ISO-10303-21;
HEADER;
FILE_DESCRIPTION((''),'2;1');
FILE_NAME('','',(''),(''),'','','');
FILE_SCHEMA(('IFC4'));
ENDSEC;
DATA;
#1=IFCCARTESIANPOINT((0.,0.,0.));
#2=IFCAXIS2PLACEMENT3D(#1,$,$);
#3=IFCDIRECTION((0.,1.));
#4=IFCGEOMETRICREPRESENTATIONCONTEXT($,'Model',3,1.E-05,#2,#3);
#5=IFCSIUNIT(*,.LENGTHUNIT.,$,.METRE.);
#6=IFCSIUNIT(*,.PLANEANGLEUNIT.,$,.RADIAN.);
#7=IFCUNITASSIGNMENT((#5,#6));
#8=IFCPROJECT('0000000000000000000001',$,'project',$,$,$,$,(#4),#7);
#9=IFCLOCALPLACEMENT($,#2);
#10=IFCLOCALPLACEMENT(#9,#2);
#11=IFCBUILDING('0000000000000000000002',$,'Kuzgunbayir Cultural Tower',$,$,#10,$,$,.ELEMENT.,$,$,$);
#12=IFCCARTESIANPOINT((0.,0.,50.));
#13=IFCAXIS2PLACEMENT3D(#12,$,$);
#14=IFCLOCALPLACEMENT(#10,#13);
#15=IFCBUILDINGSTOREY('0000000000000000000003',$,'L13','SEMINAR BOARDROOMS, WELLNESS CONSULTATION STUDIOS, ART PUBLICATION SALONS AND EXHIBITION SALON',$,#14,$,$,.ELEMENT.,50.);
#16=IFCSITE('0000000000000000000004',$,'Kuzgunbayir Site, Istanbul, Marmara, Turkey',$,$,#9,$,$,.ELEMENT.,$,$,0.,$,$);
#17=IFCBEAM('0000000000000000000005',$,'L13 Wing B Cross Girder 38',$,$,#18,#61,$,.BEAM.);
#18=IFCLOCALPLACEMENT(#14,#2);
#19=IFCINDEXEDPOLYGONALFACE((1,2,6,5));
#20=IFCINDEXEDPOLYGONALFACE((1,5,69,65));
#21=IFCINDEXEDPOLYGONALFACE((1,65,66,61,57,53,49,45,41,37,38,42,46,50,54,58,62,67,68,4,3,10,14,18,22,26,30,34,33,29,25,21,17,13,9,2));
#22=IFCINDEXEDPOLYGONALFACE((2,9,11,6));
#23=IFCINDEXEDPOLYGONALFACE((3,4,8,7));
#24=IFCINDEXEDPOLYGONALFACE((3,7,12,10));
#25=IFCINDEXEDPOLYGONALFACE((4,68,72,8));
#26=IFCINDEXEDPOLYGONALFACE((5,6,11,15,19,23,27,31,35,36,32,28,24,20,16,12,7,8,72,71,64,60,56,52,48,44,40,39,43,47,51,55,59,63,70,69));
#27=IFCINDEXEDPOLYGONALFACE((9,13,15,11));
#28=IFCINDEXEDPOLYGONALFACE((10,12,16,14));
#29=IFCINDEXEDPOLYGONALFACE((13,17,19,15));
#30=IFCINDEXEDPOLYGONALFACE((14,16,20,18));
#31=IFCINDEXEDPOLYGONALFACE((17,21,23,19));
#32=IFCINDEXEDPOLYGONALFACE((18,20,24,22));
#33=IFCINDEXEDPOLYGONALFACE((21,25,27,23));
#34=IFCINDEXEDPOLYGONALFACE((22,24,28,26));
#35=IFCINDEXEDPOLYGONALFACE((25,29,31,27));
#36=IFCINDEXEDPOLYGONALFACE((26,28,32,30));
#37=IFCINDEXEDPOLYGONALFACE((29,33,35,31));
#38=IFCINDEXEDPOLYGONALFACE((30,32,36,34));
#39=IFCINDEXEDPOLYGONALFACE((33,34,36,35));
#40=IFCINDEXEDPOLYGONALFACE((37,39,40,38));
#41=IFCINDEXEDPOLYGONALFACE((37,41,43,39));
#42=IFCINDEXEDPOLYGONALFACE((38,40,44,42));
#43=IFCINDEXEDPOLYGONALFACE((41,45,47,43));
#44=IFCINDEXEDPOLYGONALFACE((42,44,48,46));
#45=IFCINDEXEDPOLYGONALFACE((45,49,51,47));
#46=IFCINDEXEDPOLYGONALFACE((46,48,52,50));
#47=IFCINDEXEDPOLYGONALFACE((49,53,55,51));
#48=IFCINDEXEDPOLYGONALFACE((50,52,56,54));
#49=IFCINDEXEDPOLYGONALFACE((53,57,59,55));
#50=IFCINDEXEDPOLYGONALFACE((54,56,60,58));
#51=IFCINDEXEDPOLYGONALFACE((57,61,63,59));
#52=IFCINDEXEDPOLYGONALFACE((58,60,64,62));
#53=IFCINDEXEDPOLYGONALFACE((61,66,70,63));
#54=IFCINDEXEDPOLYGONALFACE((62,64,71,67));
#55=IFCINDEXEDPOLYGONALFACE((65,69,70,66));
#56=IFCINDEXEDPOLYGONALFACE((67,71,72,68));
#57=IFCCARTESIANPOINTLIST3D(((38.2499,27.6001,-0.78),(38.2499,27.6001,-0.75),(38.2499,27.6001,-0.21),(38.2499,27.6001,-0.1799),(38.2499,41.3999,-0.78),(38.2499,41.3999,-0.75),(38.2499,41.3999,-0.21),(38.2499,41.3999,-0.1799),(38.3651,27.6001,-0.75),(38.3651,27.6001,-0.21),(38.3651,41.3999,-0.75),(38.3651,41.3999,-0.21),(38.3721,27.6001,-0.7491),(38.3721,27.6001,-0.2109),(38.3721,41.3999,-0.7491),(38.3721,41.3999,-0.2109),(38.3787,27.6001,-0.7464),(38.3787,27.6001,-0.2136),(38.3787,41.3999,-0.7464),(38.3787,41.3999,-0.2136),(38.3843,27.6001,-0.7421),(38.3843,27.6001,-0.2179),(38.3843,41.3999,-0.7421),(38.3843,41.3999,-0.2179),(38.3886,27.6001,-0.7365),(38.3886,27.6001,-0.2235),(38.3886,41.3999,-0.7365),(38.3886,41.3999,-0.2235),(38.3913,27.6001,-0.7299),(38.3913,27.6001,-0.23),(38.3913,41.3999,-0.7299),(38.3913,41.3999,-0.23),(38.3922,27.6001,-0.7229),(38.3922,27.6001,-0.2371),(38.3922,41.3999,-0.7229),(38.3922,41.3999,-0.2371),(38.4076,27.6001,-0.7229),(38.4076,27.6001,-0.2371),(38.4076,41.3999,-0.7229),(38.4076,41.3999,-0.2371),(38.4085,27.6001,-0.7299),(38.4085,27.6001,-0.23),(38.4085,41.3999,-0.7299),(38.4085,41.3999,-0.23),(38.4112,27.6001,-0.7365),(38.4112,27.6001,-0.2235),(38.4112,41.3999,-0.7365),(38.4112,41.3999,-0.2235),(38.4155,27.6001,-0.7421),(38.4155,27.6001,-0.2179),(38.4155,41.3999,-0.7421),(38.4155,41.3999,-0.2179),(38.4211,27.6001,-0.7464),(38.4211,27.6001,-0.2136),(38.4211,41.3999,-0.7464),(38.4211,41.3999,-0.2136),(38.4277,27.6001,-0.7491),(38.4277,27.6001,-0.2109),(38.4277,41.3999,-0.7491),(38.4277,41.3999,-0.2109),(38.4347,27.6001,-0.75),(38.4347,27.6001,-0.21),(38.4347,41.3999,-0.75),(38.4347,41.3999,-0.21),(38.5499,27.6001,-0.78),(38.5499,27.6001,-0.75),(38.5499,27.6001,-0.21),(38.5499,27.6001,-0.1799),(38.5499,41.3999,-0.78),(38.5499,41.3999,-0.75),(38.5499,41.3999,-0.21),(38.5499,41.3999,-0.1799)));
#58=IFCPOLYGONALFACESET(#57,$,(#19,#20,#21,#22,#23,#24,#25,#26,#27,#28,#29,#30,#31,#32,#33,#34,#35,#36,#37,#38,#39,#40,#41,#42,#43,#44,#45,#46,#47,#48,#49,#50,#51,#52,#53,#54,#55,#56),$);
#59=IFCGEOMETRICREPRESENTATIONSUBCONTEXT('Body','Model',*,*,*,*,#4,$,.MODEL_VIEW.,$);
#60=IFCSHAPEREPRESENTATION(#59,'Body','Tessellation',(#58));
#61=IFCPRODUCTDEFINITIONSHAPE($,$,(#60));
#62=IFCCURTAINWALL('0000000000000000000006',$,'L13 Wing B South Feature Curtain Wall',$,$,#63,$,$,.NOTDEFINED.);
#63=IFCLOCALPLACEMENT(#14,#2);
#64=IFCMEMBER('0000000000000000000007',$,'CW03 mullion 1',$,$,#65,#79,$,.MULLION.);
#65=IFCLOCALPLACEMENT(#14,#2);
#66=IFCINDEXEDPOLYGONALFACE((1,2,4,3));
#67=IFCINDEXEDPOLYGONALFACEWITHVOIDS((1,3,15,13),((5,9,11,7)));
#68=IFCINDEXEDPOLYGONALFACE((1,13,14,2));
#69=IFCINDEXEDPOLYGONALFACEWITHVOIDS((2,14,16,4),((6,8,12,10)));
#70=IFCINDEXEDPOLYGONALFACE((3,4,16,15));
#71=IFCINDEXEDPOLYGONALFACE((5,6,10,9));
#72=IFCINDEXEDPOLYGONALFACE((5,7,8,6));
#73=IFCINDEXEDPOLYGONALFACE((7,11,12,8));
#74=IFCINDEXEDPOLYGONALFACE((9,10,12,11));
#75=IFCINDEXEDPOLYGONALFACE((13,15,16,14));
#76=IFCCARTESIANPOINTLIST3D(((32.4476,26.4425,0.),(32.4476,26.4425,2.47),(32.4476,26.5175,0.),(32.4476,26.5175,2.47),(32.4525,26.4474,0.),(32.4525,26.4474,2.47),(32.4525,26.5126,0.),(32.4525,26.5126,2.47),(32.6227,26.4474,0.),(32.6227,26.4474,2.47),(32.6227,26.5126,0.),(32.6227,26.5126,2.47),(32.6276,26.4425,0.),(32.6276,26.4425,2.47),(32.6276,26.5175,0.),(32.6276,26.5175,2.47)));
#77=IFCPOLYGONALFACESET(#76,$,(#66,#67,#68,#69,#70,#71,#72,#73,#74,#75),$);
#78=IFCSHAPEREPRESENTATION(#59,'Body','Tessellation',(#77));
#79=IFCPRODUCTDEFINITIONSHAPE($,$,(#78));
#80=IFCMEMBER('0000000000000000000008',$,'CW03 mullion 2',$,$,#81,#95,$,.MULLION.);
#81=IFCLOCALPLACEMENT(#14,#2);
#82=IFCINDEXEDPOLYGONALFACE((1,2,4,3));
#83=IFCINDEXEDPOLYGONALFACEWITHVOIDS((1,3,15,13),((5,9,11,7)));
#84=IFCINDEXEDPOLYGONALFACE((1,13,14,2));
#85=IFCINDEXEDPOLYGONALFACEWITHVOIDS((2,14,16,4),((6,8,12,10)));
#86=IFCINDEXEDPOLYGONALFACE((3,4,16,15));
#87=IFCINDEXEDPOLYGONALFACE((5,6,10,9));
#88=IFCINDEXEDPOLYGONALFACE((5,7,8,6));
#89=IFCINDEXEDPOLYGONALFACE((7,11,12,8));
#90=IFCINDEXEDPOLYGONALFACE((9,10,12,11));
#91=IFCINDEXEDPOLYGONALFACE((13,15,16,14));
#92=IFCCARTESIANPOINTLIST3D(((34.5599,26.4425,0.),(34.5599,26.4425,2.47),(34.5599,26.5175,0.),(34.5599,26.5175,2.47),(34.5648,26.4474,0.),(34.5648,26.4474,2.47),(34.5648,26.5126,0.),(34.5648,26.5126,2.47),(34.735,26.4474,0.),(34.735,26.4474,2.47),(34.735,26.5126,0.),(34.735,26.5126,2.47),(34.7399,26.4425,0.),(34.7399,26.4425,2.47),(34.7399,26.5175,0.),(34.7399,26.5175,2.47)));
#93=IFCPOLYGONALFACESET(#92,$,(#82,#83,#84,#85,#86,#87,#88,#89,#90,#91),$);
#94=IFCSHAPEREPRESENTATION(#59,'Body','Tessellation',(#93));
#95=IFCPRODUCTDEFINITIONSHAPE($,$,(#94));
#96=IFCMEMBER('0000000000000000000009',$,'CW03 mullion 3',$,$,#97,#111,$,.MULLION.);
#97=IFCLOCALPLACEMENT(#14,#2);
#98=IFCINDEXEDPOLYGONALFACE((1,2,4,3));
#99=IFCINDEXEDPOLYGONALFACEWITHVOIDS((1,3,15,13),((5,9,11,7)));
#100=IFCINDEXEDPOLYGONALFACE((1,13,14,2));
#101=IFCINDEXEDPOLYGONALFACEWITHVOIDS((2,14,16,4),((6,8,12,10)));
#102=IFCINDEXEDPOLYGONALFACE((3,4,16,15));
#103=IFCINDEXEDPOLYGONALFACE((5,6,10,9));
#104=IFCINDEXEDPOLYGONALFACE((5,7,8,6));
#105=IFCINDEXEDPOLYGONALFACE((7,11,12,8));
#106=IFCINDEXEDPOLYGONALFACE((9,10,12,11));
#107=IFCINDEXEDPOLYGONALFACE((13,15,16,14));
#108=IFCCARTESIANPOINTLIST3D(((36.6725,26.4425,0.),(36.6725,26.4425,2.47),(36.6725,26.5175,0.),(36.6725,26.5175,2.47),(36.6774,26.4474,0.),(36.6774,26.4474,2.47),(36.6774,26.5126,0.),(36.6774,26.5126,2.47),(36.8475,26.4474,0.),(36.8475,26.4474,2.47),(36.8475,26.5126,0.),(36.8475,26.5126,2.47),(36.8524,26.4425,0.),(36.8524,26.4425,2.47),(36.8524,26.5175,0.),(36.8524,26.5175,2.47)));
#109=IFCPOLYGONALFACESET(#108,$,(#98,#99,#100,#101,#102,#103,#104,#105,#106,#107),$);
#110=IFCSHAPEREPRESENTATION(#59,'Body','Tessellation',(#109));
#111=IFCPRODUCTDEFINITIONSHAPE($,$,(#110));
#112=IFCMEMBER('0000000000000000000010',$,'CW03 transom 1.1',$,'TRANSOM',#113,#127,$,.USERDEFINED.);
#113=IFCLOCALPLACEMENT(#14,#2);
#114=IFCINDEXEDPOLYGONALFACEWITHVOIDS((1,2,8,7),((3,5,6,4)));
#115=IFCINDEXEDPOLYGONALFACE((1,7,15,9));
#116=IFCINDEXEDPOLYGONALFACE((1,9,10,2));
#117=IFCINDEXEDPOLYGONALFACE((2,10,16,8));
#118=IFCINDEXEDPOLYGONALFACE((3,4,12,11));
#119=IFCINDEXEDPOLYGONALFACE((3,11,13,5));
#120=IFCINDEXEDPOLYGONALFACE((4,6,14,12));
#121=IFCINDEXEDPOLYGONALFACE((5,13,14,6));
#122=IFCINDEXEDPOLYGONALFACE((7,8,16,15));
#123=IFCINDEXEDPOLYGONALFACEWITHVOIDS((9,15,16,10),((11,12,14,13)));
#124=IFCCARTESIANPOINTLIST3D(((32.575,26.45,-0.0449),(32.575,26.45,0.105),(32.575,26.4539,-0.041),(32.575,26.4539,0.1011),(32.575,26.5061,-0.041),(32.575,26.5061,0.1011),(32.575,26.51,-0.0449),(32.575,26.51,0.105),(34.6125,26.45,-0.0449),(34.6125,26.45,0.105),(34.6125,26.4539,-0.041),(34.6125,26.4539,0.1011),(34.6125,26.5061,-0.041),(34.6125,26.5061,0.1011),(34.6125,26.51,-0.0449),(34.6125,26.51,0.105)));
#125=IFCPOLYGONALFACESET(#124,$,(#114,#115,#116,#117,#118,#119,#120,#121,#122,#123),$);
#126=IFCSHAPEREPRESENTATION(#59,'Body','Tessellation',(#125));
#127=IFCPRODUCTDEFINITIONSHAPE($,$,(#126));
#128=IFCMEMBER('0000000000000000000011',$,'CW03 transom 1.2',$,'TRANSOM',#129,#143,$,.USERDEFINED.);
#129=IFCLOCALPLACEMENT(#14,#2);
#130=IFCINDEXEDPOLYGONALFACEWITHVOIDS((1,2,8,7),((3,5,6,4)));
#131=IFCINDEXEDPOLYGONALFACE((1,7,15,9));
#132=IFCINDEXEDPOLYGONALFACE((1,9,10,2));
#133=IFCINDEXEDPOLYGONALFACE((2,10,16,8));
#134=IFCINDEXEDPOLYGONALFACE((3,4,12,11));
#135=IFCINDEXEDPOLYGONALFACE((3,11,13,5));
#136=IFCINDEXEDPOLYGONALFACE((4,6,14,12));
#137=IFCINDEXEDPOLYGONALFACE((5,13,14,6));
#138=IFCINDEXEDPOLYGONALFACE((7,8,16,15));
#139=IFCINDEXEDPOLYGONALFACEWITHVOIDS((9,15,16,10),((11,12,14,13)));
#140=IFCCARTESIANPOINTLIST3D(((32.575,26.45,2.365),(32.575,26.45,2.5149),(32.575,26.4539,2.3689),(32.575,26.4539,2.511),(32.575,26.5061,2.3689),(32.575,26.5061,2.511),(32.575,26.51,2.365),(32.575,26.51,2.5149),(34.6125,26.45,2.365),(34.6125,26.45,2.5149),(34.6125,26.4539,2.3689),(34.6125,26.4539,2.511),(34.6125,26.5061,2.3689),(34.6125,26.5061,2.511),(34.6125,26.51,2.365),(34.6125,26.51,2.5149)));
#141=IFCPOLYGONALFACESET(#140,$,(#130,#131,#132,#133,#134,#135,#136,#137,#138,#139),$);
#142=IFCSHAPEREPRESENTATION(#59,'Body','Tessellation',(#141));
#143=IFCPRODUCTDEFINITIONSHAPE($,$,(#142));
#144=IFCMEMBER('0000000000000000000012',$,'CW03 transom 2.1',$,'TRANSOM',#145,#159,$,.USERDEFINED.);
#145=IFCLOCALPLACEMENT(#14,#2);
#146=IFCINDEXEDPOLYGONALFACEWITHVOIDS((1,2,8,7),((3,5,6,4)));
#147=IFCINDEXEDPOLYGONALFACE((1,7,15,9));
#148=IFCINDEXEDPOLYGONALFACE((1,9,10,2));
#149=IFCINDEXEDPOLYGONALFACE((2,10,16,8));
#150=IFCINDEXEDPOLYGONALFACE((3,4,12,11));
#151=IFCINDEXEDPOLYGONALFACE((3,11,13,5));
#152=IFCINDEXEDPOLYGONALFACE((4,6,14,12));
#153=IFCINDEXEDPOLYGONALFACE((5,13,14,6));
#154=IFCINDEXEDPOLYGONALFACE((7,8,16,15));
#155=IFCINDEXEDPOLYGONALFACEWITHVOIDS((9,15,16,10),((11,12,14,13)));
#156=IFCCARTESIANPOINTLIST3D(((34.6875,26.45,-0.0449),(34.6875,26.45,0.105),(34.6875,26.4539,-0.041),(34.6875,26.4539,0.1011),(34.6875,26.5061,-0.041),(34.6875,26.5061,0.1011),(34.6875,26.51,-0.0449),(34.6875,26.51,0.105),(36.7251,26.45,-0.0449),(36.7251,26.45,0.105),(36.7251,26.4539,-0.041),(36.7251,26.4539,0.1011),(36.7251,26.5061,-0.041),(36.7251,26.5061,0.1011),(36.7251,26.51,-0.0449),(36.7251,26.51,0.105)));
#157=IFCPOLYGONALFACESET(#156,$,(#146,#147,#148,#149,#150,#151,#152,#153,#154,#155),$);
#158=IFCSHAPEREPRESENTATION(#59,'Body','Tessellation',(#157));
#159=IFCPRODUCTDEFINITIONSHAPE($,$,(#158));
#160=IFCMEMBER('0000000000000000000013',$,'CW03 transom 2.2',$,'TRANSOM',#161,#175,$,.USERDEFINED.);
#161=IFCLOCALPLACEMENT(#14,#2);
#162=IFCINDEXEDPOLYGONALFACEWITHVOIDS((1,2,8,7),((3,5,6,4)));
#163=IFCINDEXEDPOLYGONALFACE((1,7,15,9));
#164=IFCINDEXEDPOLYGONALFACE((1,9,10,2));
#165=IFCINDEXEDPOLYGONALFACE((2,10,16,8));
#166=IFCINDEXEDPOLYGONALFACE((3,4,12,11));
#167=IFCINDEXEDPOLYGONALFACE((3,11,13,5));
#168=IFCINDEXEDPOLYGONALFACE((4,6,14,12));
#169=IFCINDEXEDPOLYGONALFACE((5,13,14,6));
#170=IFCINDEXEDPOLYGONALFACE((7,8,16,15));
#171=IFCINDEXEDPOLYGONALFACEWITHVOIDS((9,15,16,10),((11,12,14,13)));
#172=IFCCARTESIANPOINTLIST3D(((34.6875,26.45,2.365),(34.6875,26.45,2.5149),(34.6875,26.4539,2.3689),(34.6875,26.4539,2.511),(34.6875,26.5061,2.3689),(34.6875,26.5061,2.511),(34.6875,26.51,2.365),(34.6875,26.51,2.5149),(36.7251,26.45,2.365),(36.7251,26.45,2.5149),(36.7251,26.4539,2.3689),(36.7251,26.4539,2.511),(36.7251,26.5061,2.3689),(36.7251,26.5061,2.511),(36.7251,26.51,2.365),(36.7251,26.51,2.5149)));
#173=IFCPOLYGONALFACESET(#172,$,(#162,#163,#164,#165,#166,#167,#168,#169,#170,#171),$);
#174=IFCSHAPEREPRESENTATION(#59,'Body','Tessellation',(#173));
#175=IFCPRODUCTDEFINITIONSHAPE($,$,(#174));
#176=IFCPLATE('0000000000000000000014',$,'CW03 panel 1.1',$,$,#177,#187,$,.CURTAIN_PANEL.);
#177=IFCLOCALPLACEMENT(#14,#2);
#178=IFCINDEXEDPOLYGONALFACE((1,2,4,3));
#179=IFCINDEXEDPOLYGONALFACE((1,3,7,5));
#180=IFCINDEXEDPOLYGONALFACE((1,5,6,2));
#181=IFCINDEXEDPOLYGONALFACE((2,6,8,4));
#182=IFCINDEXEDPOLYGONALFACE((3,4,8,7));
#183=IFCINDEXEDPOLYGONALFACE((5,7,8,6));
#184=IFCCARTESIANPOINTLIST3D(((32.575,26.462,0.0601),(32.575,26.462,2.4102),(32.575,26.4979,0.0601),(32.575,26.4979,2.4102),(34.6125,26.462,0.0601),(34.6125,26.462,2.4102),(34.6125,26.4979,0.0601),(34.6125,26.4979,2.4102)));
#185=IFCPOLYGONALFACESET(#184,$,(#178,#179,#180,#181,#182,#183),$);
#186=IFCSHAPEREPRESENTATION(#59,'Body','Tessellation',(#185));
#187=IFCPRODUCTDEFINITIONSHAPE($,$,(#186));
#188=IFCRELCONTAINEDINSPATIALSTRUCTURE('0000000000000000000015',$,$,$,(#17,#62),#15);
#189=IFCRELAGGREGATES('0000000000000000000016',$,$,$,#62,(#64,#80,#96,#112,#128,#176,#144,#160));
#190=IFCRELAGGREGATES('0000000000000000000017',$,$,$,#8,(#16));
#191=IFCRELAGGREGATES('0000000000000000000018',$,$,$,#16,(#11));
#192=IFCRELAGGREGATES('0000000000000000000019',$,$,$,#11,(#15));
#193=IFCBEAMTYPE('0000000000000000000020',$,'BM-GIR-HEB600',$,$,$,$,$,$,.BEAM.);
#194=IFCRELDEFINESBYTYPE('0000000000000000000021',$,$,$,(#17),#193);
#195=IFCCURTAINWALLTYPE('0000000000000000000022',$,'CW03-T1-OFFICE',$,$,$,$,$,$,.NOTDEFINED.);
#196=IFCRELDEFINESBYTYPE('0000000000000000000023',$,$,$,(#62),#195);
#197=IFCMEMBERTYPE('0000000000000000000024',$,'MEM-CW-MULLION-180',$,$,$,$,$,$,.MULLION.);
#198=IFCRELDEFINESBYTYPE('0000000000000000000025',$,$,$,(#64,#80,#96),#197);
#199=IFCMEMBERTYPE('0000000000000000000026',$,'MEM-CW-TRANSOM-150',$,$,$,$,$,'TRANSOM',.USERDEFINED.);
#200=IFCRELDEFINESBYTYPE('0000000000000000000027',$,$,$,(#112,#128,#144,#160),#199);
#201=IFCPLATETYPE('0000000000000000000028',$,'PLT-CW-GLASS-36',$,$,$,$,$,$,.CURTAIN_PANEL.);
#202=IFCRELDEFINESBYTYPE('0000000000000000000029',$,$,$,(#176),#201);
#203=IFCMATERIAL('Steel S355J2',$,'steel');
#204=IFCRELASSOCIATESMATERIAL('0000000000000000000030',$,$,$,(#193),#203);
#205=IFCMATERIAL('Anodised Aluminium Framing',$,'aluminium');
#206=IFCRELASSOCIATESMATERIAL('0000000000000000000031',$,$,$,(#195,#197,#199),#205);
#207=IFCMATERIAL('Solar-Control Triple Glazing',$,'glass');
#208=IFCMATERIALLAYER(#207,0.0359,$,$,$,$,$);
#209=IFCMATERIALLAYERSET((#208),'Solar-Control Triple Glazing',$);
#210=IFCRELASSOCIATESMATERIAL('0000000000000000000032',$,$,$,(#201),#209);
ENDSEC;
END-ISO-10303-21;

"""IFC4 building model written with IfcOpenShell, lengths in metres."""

from ifc_helpers import new_model, si_unit, direction, frame, origin, origin_2d, place, context, subcontext, project, spatial, rectangle, hollow_rectangle, i_section, extrude, material, layer, layer_set, material_profile, profile_set, type_object, element, aggregate, save


model = new_model("IFC4")

# Units and contexts
model_context = context("Model", 3, precision=1e-05, world=origin(), true_north=direction((0.0, 1.0)))
body_context = subcontext(model_context, "Body", "Model", "MODEL_VIEW")
ifc_project = project(units=[si_unit("LENGTHUNIT", "METRE"), si_unit("PLANEANGLEUNIT", "RADIAN")], contexts=[model_context])

# Site, building, storey
site_placement = place(None, origin())
site = spatial("IfcSite", under=ifc_project, at=site_placement, Name="Kuzgunbayir Site, Istanbul, Marmara, Turkey", CompositionType="ELEMENT", RefElevation=0.0)
building_placement = place(site_placement, origin())
building = spatial("IfcBuilding", under=site, at=building_placement, Name="Kuzgunbayir Cultural Tower", CompositionType="ELEMENT")
storey_placement = place(building_placement, frame((0.0, 0.0, 50.0)))
storey = spatial("IfcBuildingStorey", under=building, at=storey_placement, Name="L13", Description="SEMINAR BOARDROOMS, WELLNESS CONSULTATION STUDIOS, ART PUBLICATION SALONS AND EXHIBITION SALON", CompositionType="ELEMENT", Elevation=50.0)

# Beam
ifc_material_1 = material(Name="Steel S355J2", Category="steel")
ifc_material_profile_1 = material_profile(ifc_material_1, i_section(OverallWidth=0.3, OverallDepth=0.6001, WebThickness=0.0154, FlangeThickness=0.03, FilletRadius=0.0271, at=origin_2d()), Name="HEB 600")
ifc_profile_set_1 = profile_set([ifc_material_profile_1], Name="Steel S355J2")
beam_type_1 = type_object("IfcBeamType", Name="BM-GIR-HEB600", PredefinedType="BEAM", material=ifc_profile_set_1)
beam_1_placement = place(storey_placement, frame((38.3999, 27.6001, -0.48), z_axis=(0.0, 1.0, 0.0), x_axis=(-1.0, 0.0, 0.0)))
element("IfcBeam", 1, at=beam_1_placement, inside=storey, type_object=beam_type_1, Name="L13 Wing B Cross Girder 38", PredefinedType="BEAM", context=body_context, shape_type="SweptSolid", body=[
    extrude(i_section(OverallWidth=0.3, OverallDepth=0.6001, WebThickness=0.0154, FlangeThickness=0.03, FilletRadius=0.0271, at=origin_2d()), origin(), (0.0, 0.0, 1.0), 13.7998),
])

# Curtain wall, members, plate
ifc_material_2 = material(Name="Anodised Aluminium Framing", Category="aluminium")
curtain_wall_type = type_object("IfcCurtainWallType", Name="CW03-T1-OFFICE", PredefinedType="NOTDEFINED", material=ifc_material_2)
curtain_wall_placement = place(storey_placement, origin())
curtain_wall = element("IfcCurtainWall", 2, at=curtain_wall_placement, inside=storey, type_object=curtain_wall_type, Name="L13 Wing B South Feature Curtain Wall", PredefinedType="NOTDEFINED")
ifc_material_profile_2 = material_profile(ifc_material_2, hollow_rectangle(XDim=0.075, YDim=0.1799, WallThickness=0.0049, at=origin_2d()), Name="RHS 180x75x5")
ifc_profile_set_2 = profile_set([ifc_material_profile_2], Name="Anodised Aluminium Framing")
member_type_1 = type_object("IfcMemberType", Name="MEM-CW-MULLION-180", PredefinedType="MULLION", material=ifc_profile_set_2)
member_1_placement = place(storey_placement, frame((32.5376, 26.48, 0.0), z_axis=(0.0, 0.0, 1.0), x_axis=(0.0, 1.0, 0.0)))
member_1 = element("IfcMember", 3, at=member_1_placement, type_object=member_type_1, Name="CW03 mullion 1", PredefinedType="MULLION", context=body_context, shape_type="SweptSolid", body=[
    extrude(hollow_rectangle(XDim=0.075, YDim=0.1799, WallThickness=0.0049, at=origin_2d()), origin(), (0.0, 0.0, 1.0), 2.47),
])
member_2_placement = place(storey_placement, frame((34.6499, 26.48, 0.0), z_axis=(0.0, 0.0, 1.0), x_axis=(0.0, 1.0, 0.0)))
member_2 = element("IfcMember", 4, at=member_2_placement, type_object=member_type_1, Name="CW03 mullion 2", PredefinedType="MULLION", context=body_context, shape_type="SweptSolid", body=[
    extrude(hollow_rectangle(XDim=0.075, YDim=0.1799, WallThickness=0.0049, at=origin_2d()), origin(), (0.0, 0.0, 1.0), 2.47),
])
member_3_placement = place(storey_placement, frame((36.7625, 26.48, 0.0), z_axis=(0.0, 0.0, 1.0), x_axis=(0.0, 1.0, 0.0)))
member_3 = element("IfcMember", 5, at=member_3_placement, type_object=member_type_1, Name="CW03 mullion 3", PredefinedType="MULLION", context=body_context, shape_type="SweptSolid", body=[
    extrude(hollow_rectangle(XDim=0.075, YDim=0.1799, WallThickness=0.0049, at=origin_2d()), origin(), (0.0, 0.0, 1.0), 2.47),
])
ifc_material_profile_3 = material_profile(ifc_material_2, hollow_rectangle(XDim=0.0601, YDim=0.1499, WallThickness=0.0039, at=origin_2d()), Name="RHS 150x60x4")
ifc_profile_set_3 = profile_set([ifc_material_profile_3], Name="Anodised Aluminium Framing")
member_type_2 = type_object("IfcMemberType", Name="MEM-CW-TRANSOM-150", ElementType="TRANSOM", PredefinedType="USERDEFINED", material=ifc_profile_set_3)
member_4_placement = place(storey_placement, frame((32.575, 26.48, 0.03), z_axis=(1.0, 0.0, 0.0), x_axis=(0.0, 1.0, 0.0)))
member_4 = element("IfcMember", 6, at=member_4_placement, type_object=member_type_2, Name="CW03 transom 1.1", ObjectType="TRANSOM", PredefinedType="USERDEFINED", context=body_context, shape_type="SweptSolid", body=[
    extrude(hollow_rectangle(XDim=0.0601, YDim=0.1499, WallThickness=0.0039, at=origin_2d()), origin(), (0.0, 0.0, 1.0), 2.0376),
])
member_5_placement = place(storey_placement, frame((32.575, 26.48, 2.4399), z_axis=(1.0, 0.0, 0.0), x_axis=(0.0, 1.0, 0.0)))
member_5 = element("IfcMember", 7, at=member_5_placement, type_object=member_type_2, Name="CW03 transom 1.2", ObjectType="TRANSOM", PredefinedType="USERDEFINED", context=body_context, shape_type="SweptSolid", body=[
    extrude(hollow_rectangle(XDim=0.0601, YDim=0.1499, WallThickness=0.0039, at=origin_2d()), origin(), (0.0, 0.0, 1.0), 2.0376),
])
member_6_placement = place(storey_placement, frame((34.6875, 26.48, 0.03), z_axis=(1.0, 0.0, 0.0), x_axis=(0.0, 1.0, 0.0)))
member_6 = element("IfcMember", 8, at=member_6_placement, type_object=member_type_2, Name="CW03 transom 2.1", ObjectType="TRANSOM", PredefinedType="USERDEFINED", context=body_context, shape_type="SweptSolid", body=[
    extrude(hollow_rectangle(XDim=0.0601, YDim=0.1499, WallThickness=0.0039, at=origin_2d()), origin(), (0.0, 0.0, 1.0), 2.0376),
])
member_7_placement = place(storey_placement, frame((34.6875, 26.48, 2.4399), z_axis=(1.0, 0.0, 0.0), x_axis=(0.0, 1.0, 0.0)))
member_7 = element("IfcMember", 9, at=member_7_placement, type_object=member_type_2, Name="CW03 transom 2.2", ObjectType="TRANSOM", PredefinedType="USERDEFINED", context=body_context, shape_type="SweptSolid", body=[
    extrude(hollow_rectangle(XDim=0.0601, YDim=0.1499, WallThickness=0.0039, at=origin_2d()), origin(), (0.0, 0.0, 1.0), 2.0376),
])
ifc_material_3 = material(Name="Solar-Control Triple Glazing", Category="glass")
ifc_layer_1 = layer(ifc_material_3, 0.0359)
ifc_layer_set_1 = layer_set([ifc_layer_1], Name="Solar-Control Triple Glazing")
plate_type = type_object("IfcPlateType", Name="PLT-CW-GLASS-36", PredefinedType="CURTAIN_PANEL", material=ifc_layer_set_1)
plate_1_placement = place(storey_placement, frame((33.5938, 26.48, 0.0601), z_axis=(0.0, 0.0, 1.0), x_axis=(1.0, 0.0, 0.0)))
plate_1 = element("IfcPlate", 10, at=plate_1_placement, type_object=plate_type, Name="CW03 panel 1.1", PredefinedType="CURTAIN_PANEL", context=body_context, shape_type="SweptSolid", body=[
    extrude(rectangle(XDim=2.0376, YDim=0.0359, at=origin_2d()), origin(), (0.0, 0.0, 1.0), 2.3501),
])
aggregate(curtain_wall, [member_1, member_2, member_3, member_4, member_5, plate_1, member_6, member_7])

save(model, "model.ifc")
